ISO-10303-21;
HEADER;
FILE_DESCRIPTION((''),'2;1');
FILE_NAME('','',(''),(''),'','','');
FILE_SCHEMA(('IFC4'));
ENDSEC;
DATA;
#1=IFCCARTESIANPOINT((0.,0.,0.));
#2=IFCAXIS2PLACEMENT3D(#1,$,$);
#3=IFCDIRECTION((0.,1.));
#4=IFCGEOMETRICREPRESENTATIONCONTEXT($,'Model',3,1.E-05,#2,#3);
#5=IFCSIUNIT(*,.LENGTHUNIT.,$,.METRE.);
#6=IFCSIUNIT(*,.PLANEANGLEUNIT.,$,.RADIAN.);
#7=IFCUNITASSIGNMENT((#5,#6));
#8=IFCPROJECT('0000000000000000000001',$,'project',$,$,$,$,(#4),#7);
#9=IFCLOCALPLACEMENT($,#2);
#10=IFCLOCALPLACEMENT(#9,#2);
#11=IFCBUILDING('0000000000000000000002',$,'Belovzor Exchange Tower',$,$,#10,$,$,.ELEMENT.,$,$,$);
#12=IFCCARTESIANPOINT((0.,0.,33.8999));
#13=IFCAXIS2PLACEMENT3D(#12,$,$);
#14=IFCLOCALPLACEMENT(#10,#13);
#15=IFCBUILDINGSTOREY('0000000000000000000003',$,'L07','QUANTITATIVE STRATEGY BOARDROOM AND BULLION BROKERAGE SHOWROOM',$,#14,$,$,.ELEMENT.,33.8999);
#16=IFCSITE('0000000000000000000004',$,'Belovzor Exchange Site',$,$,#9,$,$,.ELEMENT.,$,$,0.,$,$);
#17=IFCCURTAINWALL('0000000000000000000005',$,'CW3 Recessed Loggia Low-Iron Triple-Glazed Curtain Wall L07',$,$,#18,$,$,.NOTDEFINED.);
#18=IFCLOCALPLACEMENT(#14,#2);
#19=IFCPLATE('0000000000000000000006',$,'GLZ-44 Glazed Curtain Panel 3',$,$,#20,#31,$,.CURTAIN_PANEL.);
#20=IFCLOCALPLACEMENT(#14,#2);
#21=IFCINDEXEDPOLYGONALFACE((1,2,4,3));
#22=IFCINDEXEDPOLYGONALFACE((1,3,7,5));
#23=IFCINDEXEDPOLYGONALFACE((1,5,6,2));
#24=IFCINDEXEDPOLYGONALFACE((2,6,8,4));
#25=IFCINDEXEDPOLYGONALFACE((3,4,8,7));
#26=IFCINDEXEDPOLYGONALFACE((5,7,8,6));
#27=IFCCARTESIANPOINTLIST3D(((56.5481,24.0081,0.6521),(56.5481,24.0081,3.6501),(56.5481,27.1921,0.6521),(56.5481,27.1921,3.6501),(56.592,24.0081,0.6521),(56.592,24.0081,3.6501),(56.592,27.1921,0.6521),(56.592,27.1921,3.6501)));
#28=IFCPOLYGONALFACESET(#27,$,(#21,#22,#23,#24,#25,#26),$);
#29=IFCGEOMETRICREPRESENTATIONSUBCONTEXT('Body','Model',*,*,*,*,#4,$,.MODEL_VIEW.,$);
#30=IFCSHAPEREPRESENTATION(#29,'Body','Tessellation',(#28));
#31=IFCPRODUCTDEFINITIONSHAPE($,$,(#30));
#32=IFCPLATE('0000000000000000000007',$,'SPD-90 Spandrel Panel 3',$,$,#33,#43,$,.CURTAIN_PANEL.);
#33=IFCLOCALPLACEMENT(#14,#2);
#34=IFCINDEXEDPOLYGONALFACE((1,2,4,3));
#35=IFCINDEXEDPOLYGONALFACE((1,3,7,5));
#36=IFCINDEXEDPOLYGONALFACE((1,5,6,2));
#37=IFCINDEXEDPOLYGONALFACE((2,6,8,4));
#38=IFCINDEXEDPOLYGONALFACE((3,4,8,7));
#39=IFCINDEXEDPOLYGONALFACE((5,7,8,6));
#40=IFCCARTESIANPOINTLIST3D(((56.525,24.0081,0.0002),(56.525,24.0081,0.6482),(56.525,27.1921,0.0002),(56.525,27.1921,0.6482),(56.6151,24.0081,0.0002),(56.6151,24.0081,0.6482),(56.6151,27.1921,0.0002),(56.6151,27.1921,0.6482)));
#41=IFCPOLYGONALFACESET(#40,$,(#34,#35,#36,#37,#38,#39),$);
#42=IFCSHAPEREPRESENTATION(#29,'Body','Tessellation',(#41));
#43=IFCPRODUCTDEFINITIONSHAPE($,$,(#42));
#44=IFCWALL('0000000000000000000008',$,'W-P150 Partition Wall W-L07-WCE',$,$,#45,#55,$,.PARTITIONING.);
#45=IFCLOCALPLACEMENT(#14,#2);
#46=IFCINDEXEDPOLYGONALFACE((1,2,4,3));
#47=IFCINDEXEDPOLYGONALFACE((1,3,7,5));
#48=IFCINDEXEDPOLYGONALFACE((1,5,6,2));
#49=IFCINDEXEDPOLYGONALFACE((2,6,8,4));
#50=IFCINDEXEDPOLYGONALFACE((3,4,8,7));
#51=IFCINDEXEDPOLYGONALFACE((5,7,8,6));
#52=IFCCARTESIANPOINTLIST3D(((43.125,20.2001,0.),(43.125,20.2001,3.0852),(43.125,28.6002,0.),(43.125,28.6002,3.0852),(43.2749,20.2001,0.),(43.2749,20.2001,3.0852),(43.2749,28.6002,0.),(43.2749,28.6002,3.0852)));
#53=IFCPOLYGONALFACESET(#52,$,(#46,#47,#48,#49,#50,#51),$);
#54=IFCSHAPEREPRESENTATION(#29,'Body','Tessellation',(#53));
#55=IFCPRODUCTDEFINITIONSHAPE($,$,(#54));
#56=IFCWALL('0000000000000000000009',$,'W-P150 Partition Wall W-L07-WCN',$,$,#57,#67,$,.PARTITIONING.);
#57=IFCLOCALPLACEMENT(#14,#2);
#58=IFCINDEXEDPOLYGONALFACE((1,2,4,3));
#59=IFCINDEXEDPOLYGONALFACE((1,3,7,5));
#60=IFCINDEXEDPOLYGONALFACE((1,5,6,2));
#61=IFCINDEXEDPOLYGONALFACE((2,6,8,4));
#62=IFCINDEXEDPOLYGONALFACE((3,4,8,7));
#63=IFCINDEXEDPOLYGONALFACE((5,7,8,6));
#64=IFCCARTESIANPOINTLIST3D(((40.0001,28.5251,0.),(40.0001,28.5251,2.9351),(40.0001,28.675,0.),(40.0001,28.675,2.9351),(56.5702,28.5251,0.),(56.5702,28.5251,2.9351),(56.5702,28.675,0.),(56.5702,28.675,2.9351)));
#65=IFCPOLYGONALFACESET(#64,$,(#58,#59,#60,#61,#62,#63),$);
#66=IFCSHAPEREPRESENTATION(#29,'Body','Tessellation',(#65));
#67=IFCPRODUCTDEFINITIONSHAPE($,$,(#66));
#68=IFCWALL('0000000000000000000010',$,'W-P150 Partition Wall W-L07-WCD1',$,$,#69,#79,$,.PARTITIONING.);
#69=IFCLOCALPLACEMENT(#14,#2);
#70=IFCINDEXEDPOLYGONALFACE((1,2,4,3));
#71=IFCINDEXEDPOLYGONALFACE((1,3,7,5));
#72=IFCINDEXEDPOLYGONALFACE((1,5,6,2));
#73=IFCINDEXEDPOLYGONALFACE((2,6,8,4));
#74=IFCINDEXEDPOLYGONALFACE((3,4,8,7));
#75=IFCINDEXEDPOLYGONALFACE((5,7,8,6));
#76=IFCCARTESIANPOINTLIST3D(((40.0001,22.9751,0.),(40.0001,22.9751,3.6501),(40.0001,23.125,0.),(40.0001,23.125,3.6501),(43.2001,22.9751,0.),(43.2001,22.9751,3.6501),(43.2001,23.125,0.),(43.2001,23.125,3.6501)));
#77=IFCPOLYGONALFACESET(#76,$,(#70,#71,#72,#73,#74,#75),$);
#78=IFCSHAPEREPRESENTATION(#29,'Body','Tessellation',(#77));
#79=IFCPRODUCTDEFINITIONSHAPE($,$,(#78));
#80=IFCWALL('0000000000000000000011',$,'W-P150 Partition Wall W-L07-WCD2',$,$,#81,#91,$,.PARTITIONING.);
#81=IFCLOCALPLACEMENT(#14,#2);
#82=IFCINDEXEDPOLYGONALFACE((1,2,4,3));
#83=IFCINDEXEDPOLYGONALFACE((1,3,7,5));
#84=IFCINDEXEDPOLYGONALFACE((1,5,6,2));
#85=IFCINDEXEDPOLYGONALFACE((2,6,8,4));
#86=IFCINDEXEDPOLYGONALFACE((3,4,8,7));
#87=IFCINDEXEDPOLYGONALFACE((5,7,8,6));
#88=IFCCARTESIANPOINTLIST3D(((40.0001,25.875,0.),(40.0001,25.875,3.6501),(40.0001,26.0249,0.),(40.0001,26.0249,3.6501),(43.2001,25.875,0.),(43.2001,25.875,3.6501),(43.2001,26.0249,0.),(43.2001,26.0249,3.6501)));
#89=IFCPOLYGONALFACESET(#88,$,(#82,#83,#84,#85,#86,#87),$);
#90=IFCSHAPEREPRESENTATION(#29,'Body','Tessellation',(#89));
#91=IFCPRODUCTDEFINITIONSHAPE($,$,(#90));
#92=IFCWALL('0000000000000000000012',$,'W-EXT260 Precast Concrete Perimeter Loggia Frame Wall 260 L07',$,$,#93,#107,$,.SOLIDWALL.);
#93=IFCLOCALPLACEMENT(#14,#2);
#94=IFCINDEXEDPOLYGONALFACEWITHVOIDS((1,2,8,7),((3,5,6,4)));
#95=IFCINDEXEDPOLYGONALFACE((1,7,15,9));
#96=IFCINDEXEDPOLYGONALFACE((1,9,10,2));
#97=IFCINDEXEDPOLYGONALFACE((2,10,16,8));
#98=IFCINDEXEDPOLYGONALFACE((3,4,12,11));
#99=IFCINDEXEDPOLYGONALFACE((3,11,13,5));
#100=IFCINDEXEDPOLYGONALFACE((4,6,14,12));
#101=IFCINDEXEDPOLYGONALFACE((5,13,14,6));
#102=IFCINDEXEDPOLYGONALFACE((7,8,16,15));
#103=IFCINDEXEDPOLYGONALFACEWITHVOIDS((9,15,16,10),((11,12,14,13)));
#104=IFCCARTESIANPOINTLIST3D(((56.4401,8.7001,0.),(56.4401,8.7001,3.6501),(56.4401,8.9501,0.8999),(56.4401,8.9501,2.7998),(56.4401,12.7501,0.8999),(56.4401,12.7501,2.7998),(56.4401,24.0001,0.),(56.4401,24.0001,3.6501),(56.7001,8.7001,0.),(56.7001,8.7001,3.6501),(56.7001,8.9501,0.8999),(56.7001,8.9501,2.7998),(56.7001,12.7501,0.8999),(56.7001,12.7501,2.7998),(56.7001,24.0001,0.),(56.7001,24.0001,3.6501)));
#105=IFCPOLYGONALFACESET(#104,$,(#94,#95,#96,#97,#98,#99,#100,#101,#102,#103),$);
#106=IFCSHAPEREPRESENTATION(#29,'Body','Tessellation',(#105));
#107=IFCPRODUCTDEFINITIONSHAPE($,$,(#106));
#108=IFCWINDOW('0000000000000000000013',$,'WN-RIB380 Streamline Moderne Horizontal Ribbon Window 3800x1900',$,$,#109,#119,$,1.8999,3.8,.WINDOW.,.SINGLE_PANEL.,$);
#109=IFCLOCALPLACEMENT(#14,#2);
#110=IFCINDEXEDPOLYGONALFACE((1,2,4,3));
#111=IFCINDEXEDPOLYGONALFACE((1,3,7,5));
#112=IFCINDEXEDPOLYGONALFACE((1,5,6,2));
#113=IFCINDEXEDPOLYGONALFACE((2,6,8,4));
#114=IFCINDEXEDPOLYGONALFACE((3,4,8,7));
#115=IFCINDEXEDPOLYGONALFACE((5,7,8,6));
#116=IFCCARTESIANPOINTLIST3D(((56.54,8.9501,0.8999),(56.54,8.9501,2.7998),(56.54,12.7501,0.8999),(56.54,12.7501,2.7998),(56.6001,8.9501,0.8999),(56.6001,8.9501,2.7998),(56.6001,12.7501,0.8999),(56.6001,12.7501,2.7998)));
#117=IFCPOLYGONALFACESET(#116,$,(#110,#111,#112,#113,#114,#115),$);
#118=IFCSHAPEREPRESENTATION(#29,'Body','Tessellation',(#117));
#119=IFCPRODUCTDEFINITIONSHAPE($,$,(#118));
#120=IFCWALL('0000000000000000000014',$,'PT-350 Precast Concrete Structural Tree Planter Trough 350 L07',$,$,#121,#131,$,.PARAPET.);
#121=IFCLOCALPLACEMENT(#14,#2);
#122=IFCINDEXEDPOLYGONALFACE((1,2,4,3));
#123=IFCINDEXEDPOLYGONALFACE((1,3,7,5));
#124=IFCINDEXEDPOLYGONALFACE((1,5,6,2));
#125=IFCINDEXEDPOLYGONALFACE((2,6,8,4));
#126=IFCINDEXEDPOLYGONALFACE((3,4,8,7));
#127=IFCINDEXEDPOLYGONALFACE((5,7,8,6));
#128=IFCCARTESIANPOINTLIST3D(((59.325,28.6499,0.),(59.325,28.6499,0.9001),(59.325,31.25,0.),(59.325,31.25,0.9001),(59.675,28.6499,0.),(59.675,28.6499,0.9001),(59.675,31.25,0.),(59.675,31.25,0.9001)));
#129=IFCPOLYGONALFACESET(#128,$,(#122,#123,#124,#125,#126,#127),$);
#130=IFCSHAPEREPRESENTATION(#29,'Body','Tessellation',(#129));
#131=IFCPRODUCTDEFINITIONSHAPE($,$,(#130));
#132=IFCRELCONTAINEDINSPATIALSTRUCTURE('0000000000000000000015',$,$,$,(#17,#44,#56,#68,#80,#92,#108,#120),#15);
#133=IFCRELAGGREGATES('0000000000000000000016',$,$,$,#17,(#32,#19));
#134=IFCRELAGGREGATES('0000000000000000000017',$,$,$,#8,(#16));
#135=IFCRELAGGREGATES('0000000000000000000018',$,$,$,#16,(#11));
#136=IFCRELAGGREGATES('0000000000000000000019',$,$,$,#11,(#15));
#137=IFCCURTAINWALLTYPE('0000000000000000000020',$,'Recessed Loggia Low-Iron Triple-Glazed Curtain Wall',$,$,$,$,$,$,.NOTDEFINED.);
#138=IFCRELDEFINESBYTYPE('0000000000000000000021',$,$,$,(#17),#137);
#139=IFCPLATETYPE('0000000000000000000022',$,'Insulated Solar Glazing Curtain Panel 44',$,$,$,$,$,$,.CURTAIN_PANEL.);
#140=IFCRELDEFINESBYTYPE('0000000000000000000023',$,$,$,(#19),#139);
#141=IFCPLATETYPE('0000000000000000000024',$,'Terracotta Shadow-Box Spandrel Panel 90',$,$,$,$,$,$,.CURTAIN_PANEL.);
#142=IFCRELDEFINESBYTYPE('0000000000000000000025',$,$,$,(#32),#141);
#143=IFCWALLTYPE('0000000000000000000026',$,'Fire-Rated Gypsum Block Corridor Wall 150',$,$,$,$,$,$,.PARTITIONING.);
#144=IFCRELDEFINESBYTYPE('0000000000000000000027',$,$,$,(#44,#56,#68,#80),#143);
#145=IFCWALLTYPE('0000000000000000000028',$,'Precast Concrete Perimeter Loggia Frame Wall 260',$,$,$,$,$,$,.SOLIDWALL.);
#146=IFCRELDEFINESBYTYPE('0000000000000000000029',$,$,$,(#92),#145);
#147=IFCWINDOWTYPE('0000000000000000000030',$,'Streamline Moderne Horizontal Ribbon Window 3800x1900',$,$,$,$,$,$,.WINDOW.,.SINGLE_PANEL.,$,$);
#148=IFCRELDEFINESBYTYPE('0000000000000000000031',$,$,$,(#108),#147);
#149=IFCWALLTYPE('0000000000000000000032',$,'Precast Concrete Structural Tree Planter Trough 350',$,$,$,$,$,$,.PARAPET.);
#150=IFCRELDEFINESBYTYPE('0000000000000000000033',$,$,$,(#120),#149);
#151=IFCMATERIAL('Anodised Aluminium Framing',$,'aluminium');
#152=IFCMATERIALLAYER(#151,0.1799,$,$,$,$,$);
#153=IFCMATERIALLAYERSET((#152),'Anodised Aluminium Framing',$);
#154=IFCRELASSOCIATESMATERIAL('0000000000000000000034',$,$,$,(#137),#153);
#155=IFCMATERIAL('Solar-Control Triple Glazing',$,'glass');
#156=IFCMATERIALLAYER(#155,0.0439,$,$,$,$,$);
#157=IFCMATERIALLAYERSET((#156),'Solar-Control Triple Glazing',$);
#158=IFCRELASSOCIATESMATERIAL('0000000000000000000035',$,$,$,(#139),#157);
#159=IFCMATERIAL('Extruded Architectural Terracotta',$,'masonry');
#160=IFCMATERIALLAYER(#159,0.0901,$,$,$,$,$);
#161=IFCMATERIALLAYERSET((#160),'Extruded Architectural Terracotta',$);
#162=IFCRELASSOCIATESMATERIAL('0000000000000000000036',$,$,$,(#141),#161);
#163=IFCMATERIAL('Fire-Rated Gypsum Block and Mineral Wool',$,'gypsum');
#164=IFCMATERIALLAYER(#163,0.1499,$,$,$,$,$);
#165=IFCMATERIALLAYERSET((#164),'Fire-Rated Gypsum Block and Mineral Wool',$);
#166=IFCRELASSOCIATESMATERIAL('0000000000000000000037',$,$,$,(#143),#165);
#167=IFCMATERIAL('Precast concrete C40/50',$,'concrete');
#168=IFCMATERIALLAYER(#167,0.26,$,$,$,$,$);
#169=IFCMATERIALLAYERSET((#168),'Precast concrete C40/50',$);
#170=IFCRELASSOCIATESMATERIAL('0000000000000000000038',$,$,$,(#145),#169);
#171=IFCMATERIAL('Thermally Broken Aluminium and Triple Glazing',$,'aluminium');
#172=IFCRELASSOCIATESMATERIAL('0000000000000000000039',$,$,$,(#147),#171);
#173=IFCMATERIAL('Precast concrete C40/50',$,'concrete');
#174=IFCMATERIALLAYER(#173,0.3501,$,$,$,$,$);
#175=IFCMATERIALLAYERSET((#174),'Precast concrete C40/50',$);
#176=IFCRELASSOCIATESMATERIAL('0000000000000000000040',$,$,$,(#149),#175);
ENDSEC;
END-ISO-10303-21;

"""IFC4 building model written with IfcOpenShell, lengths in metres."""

from ifc_helpers import new_model, si_unit, direction, frame, frame_2d, origin, origin_2d, place, context, subcontext, project, spatial, rectangle, extrude, material, layer, layer_set, type_object, element, fill, aggregate, save


model = new_model("IFC4")

# Units and contexts
model_context = context("Model", 3, precision=1e-05, world=origin(), true_north=direction((0.0, 1.0)))
body_context = subcontext(model_context, "Body", "Model", "MODEL_VIEW")
ifc_project = project(units=[si_unit("LENGTHUNIT", "METRE"), si_unit("PLANEANGLEUNIT", "RADIAN")], contexts=[model_context])

# Site, building, storey
site_placement = place(None, origin())
site = spatial("IfcSite", under=ifc_project, at=site_placement, Name="Belovzor Exchange Site", CompositionType="ELEMENT", RefElevation=0.0)
building_placement = place(site_placement, origin())
building = spatial("IfcBuilding", under=site, at=building_placement, Name="Belovzor Exchange Tower", CompositionType="ELEMENT")
storey_placement = place(building_placement, frame((0.0, 0.0, 33.8999)))
storey = spatial("IfcBuildingStorey", under=building, at=storey_placement, Name="L07", Description="QUANTITATIVE STRATEGY BOARDROOM AND BULLION BROKERAGE SHOWROOM", CompositionType="ELEMENT", Elevation=33.8999)

# Curtain wall
ifc_material_1 = material(Name="Anodised Aluminium Framing", Category="aluminium")
ifc_layer_1 = layer(ifc_material_1, 0.1799)
ifc_layer_set_1 = layer_set([ifc_layer_1], Name="Anodised Aluminium Framing")
curtain_wall_type = type_object("IfcCurtainWallType", Name="Recessed Loggia Low-Iron Triple-Glazed Curtain Wall", PredefinedType="NOTDEFINED", material=ifc_layer_set_1)
curtain_wall_placement = place(storey_placement, origin())
curtain_wall = element("IfcCurtainWall", 1, at=curtain_wall_placement, inside=storey, type_object=curtain_wall_type, Name="CW3 Recessed Loggia Low-Iron Triple-Glazed Curtain Wall L07", PredefinedType="NOTDEFINED")

# Plates
ifc_material_2 = material(Name="Solar-Control Triple Glazing", Category="glass")
ifc_layer_2 = layer(ifc_material_2, 0.0439)
ifc_layer_set_2 = layer_set([ifc_layer_2], Name="Solar-Control Triple Glazing")
plate_type_1 = type_object("IfcPlateType", Name="Insulated Solar Glazing Curtain Panel 44", PredefinedType="CURTAIN_PANEL", material=ifc_layer_set_2)
plate_1_placement = place(storey_placement, frame((56.5701, 25.6001, 0.6521), z_axis=(0.0, 0.0, 1.0), x_axis=(0.0, -1.0, 0.0)))
plate_1 = element("IfcPlate", 2, at=plate_1_placement, type_object=plate_type_1, Name="GLZ-44 Glazed Curtain Panel 3", PredefinedType="CURTAIN_PANEL", context=body_context, shape_type="SweptSolid", body=[
    extrude(rectangle(XDim=3.1841, YDim=0.0439, at=origin_2d()), origin(), (0.0, 0.0, 1.0), 2.998),
])
ifc_material_3 = material(Name="Extruded Architectural Terracotta", Category="masonry")
ifc_layer_3 = layer(ifc_material_3, 0.0901)
ifc_layer_set_3 = layer_set([ifc_layer_3], Name="Extruded Architectural Terracotta")
plate_type_2 = type_object("IfcPlateType", Name="Terracotta Shadow-Box Spandrel Panel 90", PredefinedType="CURTAIN_PANEL", material=ifc_layer_set_3)
plate_2_placement = place(storey_placement, frame((56.5701, 25.6001, 0.0002), z_axis=(0.0, 0.0, 1.0), x_axis=(0.0, -1.0, 0.0)))
plate_2 = element("IfcPlate", 3, at=plate_2_placement, type_object=plate_type_2, Name="SPD-90 Spandrel Panel 3", PredefinedType="CURTAIN_PANEL", context=body_context, shape_type="SweptSolid", body=[
    extrude(rectangle(XDim=3.1841, YDim=0.0901, at=origin_2d()), origin(), (0.0, 0.0, 1.0), 0.6479),
])
aggregate(curtain_wall, [plate_2, plate_1])

# Walls
ifc_material_4 = material(Name="Fire-Rated Gypsum Block and Mineral Wool", Category="gypsum")
ifc_layer_4 = layer(ifc_material_4, 0.1499)
ifc_layer_set_4 = layer_set([ifc_layer_4], Name="Fire-Rated Gypsum Block and Mineral Wool")
wall_type_1 = type_object("IfcWallType", Name="Fire-Rated Gypsum Block Corridor Wall 150", PredefinedType="PARTITIONING", material=ifc_layer_set_4)
wall_1_placement = place(storey_placement, frame((43.2, 20.2, 0.0), z_axis=(0.0, 0.0, 1.0), x_axis=(0.0, 1.0, 0.0)))
element("IfcWall", 4, at=wall_1_placement, inside=storey, type_object=wall_type_1, Name="W-P150 Partition Wall W-L07-WCE", PredefinedType="PARTITIONING", context=body_context, shape_type="SweptSolid", body=[
    extrude(rectangle(XDim=8.4001, YDim=0.1499, at=frame_2d((4.2002, 0.0))), origin(), (0.0, 0.0, 1.0), 3.0852),
])
wall_2_placement = place(storey_placement, frame((40.0, 28.6001, 0.0), z_axis=(0.0, 0.0, 1.0), x_axis=(1.0, 0.0, 0.0)))
element("IfcWall", 5, at=wall_2_placement, inside=storey, type_object=wall_type_1, Name="W-P150 Partition Wall W-L07-WCN", PredefinedType="PARTITIONING", context=body_context, shape_type="SweptSolid", body=[
    extrude(rectangle(XDim=16.5701, YDim=0.1499, at=frame_2d((8.2852, 0.0))), origin(), (0.0, 0.0, 1.0), 2.9351),
])
for number, where, z_axis, x_axis, name in (
    (6, (40.0, 23.05, 0.0), (0.0, 0.0, 1.0), (1.0, 0.0, 0.0), "W-P150 Partition Wall W-L07-WCD1"),
    (7, (40.0, 25.95, 0.0), (0.0, 0.0, 1.0), (1.0, 0.0, 0.0), "W-P150 Partition Wall W-L07-WCD2"),
):
    element("IfcWall", number, at=place(storey_placement, frame(where, z_axis=z_axis, x_axis=x_axis)), inside=storey, type_object=wall_type_1, Name=name, PredefinedType="PARTITIONING", context=body_context, shape_type="SweptSolid", body=[
        extrude(rectangle(XDim=3.2, YDim=0.1499, at=frame_2d((1.6001, 0.0))), origin(), (0.0, 0.0, 1.0), 3.6501),
    ])

# Wall, opening, window
ifc_material_5 = material(Name="Precast concrete C40/50", Category="concrete")
ifc_layer_5 = layer(ifc_material_5, 0.26)
ifc_layer_set_5 = layer_set([ifc_layer_5], Name="Precast concrete C40/50")
wall_type_2 = type_object("IfcWallType", Name="Precast Concrete Perimeter Loggia Frame Wall 260", PredefinedType="SOLIDWALL", material=ifc_layer_set_5)
wall_3_placement = place(storey_placement, frame((56.5701, 24.0, 0.0), z_axis=(0.0, 0.0, 1.0), x_axis=(0.0, -1.0, 0.0)))
wall_3 = element("IfcWall", 8, at=wall_3_placement, inside=storey, type_object=wall_type_2, Name="W-EXT260 Precast Concrete Perimeter Loggia Frame Wall 260 L07", PredefinedType="SOLIDWALL", context=body_context, shape_type="SweptSolid", body=[
    extrude(rectangle(XDim=15.3, YDim=0.26, at=frame_2d((7.6499, 0.0))), origin(), (0.0, 0.0, 1.0), 3.6501),
])
opening_placement = place(wall_3_placement, frame((11.25, 0.0, 0.8999)))
opening = element("IfcOpeningElement", 9, at=opening_placement, cuts=wall_3, PredefinedType="OPENING", context=body_context, shape_type="SweptSolid", body=[
    extrude(rectangle(XDim=3.8, YDim=1.8999, at=frame_2d((1.8999, 0.95))), frame((0.0, 0.1399, 0.0), z_axis=(0.0, -1.0, 0.0), x_axis=(1.0, 0.0, 0.0)), (0.0, 0.0, 1.0), 0.28),
])
ifc_material_6 = material(Name="Thermally Broken Aluminium and Triple Glazing", Category="aluminium")
window_type = type_object("IfcWindowType", Name="Streamline Moderne Horizontal Ribbon Window 3800x1900", PartitioningType="SINGLE_PANEL", PredefinedType="WINDOW", material=ifc_material_6)
window_placement = place(opening_placement, origin())
window = element("IfcWindow", 10, at=window_placement, inside=storey, type_object=window_type, Name="WN-RIB380 Streamline Moderne Horizontal Ribbon Window 3800x1900", OverallHeight=1.8999, OverallWidth=3.8, PartitioningType="SINGLE_PANEL", PredefinedType="WINDOW", context=body_context, shape_type="SweptSolid", body=[
    extrude(rectangle(XDim=3.8, YDim=1.8999, at=frame_2d((1.8999, 0.95))), frame((0.0, 0.03, 0.0), z_axis=(0.0, -1.0, 0.0), x_axis=(1.0, 0.0, 0.0)), (0.0, 0.0, 1.0), 0.0601),
])
fill(opening, window)

# Wall
ifc_material_7 = material(Name="Precast concrete C40/50", Category="concrete")
ifc_layer_6 = layer(ifc_material_7, 0.3501)
ifc_layer_set_6 = layer_set([ifc_layer_6], Name="Precast concrete C40/50")
wall_type_3 = type_object("IfcWallType", Name="Precast Concrete Structural Tree Planter Trough 350", PredefinedType="PARAPET", material=ifc_layer_set_6)
wall_4_placement = place(storey_placement, frame((59.5, 28.6499, 0.0), z_axis=(0.0, 0.0, 1.0), x_axis=(0.0, 1.0, 0.0)))
element("IfcWall", 11, at=wall_4_placement, inside=storey, type_object=wall_type_3, Name="PT-350 Precast Concrete Structural Tree Planter Trough 350 L07", PredefinedType="PARAPET", context=body_context, shape_type="SweptSolid", body=[
    extrude(rectangle(XDim=2.6001, YDim=0.3501, at=frame_2d((1.3, 0.0))), origin(), (0.0, 0.0, 1.0), 0.9001),
])

save(model, "model.ifc")
